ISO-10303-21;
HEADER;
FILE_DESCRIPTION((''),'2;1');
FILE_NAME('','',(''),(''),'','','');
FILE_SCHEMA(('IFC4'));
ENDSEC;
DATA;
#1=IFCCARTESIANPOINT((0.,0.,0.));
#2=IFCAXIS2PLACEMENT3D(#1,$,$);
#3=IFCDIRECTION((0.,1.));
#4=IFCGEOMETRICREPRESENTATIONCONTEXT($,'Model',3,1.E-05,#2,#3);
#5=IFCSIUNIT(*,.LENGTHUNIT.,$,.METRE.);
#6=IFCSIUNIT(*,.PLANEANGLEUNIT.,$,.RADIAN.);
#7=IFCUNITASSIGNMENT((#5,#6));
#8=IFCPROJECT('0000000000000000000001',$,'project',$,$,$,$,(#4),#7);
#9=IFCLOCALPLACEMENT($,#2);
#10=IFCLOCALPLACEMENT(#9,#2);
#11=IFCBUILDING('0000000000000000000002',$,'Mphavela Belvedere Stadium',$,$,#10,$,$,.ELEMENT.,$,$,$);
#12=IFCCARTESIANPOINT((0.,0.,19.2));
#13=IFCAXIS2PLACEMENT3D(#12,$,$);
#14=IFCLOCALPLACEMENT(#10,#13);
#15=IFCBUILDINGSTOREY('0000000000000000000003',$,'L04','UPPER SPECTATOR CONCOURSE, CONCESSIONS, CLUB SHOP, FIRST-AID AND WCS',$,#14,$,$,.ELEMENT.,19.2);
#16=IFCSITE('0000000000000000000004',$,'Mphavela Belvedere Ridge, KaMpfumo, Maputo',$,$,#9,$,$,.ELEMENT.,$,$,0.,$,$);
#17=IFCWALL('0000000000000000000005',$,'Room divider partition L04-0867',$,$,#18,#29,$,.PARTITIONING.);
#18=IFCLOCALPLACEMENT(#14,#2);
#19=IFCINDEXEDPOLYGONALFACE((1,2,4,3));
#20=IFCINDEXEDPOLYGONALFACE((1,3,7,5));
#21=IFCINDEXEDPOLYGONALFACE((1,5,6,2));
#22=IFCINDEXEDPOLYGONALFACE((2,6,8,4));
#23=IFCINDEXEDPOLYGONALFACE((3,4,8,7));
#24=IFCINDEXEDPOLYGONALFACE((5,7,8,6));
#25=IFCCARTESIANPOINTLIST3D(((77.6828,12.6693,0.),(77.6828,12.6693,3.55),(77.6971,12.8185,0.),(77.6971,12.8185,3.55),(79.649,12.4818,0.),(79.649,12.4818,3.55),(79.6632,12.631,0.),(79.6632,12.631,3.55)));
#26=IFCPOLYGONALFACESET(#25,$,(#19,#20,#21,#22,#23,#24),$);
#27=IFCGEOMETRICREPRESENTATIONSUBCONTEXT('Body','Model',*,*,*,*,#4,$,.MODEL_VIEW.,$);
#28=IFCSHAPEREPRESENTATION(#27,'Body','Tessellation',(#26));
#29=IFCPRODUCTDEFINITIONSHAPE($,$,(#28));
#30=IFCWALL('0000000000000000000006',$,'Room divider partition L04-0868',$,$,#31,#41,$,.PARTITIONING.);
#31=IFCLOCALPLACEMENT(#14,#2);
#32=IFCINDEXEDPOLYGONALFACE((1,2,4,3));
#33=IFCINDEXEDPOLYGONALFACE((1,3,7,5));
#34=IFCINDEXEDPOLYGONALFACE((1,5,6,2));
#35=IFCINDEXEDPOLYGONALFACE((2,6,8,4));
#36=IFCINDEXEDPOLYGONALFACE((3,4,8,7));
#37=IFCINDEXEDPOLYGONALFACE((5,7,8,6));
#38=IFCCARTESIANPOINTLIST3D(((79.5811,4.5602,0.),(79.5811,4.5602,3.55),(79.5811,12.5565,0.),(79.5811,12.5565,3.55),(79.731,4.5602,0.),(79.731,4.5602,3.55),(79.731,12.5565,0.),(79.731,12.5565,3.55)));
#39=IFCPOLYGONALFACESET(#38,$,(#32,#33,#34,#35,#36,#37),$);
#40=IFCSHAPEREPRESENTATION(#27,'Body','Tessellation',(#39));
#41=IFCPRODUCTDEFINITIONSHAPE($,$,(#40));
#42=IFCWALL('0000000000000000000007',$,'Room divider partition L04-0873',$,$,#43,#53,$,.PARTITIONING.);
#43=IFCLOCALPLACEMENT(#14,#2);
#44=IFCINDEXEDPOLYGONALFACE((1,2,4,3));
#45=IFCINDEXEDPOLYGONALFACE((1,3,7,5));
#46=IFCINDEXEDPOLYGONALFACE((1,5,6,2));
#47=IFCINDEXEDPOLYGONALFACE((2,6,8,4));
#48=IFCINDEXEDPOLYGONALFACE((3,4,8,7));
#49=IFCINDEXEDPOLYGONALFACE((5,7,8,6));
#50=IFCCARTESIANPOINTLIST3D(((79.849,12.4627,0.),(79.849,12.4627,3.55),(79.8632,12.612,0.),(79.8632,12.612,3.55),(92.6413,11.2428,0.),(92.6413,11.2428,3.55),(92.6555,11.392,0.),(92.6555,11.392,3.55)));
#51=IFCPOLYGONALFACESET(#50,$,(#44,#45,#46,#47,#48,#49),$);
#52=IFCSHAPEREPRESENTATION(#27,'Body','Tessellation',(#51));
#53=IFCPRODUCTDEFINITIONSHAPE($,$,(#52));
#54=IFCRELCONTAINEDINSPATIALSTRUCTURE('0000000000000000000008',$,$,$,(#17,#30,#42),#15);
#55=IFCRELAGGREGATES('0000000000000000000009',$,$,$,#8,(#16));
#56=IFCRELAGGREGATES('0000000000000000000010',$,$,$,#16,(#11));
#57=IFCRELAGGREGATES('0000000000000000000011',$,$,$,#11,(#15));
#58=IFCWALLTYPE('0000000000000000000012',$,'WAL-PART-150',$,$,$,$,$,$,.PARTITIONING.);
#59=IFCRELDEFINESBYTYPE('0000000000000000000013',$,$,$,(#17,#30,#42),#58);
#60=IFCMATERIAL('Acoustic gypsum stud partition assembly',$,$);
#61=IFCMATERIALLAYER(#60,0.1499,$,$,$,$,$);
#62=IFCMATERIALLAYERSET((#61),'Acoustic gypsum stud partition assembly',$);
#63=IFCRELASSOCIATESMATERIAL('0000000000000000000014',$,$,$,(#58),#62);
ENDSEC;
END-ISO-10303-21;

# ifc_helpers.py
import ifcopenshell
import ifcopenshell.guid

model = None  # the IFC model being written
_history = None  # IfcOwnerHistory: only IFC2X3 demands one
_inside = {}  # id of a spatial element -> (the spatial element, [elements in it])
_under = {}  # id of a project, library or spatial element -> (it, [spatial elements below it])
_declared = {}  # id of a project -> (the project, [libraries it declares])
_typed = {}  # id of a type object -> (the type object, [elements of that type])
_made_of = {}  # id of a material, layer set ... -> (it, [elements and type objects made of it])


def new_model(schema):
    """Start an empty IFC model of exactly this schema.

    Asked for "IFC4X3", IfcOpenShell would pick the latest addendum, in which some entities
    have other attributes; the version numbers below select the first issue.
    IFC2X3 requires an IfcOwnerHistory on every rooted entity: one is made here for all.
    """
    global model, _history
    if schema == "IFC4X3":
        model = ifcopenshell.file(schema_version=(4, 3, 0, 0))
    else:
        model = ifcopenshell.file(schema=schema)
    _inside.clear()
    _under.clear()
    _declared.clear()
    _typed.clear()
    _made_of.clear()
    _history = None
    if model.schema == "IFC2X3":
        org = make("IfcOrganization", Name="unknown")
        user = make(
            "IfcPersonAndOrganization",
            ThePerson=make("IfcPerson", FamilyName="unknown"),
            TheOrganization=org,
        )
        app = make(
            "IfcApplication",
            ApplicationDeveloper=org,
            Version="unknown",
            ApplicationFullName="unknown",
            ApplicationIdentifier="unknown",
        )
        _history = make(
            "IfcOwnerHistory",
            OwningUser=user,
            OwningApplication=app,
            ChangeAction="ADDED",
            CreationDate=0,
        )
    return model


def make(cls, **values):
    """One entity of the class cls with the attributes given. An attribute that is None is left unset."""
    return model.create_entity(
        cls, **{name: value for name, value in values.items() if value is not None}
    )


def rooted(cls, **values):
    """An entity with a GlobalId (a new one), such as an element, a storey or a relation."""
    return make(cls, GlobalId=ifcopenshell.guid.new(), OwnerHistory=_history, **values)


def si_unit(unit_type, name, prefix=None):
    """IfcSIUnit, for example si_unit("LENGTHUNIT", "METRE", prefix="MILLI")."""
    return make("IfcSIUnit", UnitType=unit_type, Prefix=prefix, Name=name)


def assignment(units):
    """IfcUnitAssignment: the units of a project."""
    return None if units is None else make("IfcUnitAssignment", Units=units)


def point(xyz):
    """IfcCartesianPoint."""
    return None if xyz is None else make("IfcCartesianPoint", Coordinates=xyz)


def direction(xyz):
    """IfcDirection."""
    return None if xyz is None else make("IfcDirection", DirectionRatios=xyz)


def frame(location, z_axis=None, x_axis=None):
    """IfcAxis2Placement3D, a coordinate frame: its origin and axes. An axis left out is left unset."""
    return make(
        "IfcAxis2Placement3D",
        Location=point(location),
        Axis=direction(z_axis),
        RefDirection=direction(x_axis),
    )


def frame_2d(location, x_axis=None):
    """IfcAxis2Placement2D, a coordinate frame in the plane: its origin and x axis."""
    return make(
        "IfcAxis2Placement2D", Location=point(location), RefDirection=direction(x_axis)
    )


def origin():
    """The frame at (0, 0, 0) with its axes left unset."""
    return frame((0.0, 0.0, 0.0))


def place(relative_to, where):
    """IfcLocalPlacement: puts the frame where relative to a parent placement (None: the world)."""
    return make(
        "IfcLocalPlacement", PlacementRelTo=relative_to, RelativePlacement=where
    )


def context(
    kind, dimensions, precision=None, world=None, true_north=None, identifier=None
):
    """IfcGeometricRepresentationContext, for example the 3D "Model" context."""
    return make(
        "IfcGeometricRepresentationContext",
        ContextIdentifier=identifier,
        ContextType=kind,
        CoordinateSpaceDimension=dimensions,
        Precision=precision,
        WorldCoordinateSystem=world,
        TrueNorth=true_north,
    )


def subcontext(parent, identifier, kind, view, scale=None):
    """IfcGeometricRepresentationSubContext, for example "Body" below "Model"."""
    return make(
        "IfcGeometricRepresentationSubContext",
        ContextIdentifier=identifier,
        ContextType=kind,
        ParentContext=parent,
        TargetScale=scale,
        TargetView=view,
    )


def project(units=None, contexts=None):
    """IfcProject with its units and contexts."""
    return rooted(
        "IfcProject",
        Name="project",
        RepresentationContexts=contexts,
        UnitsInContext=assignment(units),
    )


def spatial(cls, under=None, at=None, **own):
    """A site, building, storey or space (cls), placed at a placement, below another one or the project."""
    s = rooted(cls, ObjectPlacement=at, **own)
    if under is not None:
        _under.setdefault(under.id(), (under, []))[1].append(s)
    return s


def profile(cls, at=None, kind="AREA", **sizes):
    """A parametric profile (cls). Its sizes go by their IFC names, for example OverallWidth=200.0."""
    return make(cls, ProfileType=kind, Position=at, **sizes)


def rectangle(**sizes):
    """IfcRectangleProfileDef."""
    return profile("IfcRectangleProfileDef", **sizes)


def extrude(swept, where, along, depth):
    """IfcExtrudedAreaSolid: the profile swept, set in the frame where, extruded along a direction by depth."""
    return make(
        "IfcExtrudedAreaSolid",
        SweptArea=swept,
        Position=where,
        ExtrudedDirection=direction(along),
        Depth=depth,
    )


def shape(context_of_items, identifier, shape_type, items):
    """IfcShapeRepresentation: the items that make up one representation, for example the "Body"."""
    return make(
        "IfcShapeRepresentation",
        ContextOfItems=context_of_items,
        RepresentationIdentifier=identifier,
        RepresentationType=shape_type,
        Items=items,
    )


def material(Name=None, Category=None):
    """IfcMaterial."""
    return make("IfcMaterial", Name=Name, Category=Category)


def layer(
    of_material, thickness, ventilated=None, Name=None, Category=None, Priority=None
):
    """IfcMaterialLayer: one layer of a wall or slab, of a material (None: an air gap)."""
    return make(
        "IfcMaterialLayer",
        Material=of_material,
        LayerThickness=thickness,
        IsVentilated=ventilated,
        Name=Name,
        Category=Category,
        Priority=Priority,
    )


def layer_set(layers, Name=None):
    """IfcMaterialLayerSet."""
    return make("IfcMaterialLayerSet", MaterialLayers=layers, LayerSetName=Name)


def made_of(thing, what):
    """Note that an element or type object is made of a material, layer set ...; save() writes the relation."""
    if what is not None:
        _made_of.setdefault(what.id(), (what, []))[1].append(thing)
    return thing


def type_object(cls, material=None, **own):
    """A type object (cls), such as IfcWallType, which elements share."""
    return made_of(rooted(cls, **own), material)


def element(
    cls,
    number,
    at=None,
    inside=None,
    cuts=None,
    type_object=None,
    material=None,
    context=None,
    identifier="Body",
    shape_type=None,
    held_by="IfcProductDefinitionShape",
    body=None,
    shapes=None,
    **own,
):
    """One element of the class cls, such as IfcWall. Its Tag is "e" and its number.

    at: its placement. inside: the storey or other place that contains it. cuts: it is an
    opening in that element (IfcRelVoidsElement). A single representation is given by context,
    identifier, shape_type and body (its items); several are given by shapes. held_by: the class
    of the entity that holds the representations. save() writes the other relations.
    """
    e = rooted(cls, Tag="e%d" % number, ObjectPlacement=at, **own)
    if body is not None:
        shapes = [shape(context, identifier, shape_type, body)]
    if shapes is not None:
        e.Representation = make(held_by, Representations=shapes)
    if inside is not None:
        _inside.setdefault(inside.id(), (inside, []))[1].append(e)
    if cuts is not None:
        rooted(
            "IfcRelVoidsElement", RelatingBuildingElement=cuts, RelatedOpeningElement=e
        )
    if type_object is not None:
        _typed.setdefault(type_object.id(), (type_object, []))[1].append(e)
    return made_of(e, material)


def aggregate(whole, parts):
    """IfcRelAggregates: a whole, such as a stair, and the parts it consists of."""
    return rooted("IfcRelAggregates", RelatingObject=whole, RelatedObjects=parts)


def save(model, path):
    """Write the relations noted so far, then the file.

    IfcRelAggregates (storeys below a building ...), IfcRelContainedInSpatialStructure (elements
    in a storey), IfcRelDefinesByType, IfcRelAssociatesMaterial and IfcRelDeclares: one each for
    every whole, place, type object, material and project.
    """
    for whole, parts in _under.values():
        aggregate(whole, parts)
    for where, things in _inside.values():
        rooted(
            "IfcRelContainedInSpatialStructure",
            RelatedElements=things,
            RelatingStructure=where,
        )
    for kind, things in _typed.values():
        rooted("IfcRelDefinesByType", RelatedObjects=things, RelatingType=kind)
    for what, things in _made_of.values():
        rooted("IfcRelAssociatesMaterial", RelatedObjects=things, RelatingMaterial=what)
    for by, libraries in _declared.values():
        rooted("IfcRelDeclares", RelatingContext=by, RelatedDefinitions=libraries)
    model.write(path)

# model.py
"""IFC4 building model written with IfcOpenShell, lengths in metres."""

from ifc_helpers import new_model, si_unit, direction, frame, frame_2d, origin, place, context, subcontext, project, spatial, rectangle, extrude, material, layer, layer_set, type_object, element, save


model = new_model("IFC4")

# Units and contexts
model_context = context("Model", 3, precision=1e-05, world=origin(), true_north=direction((0.0, 1.0)))
body_context = subcontext(model_context, "Body", "Model", "MODEL_VIEW")
ifc_project = project(units=[si_unit("LENGTHUNIT", "METRE"), si_unit("PLANEANGLEUNIT", "RADIAN")], contexts=[model_context])

# Site, building, storey
site_placement = place(None, origin())
site = spatial("IfcSite", under=ifc_project, at=site_placement, Name="Mphavela Belvedere Ridge, KaMpfumo, Maputo", CompositionType="ELEMENT", RefElevation=0.0)
building_placement = place(site_placement, origin())
building = spatial("IfcBuilding", under=site, at=building_placement, Name="Mphavela Belvedere Stadium", CompositionType="ELEMENT")
storey_placement = place(building_placement, frame((0.0, 0.0, 19.2)))
storey = spatial("IfcBuildingStorey", under=building, at=storey_placement, Name="L04", Description="UPPER SPECTATOR CONCOURSE, CONCESSIONS, CLUB SHOP, FIRST-AID AND WCS", CompositionType="ELEMENT", Elevation=19.2)

# Walls
ifc_material_1 = material(Name="Acoustic gypsum stud partition assembly")
ifc_layer_1 = layer(ifc_material_1, 0.1499)
ifc_layer_set_1 = layer_set([ifc_layer_1], Name="Acoustic gypsum stud partition assembly")
wall_type_1 = type_object("IfcWallType", Name="WAL-PART-150", PredefinedType="PARTITIONING", material=ifc_layer_set_1)
wall_1_placement = place(storey_placement, frame((77.6899, 12.7439, 0.0), z_axis=(0.0, 0.0, 1.0), x_axis=(0.995483, -0.094937, 0.0)))
element("IfcWall", 1, at=wall_1_placement, inside=storey, type_object=wall_type_1, Name="Room divider partition L04-0867", PredefinedType="PARTITIONING", context=body_context, shape_type="SweptSolid", body=[
    extrude(rectangle(XDim=1.9751, YDim=0.1499, at=frame_2d((0.9875, 0.0))), origin(), (0.0, 0.0, 1.0), 3.55),
])
wall_2_placement = place(storey_placement, frame((79.656, 12.5564, 0.0), z_axis=(0.0, 0.0, 1.0), x_axis=(0.0, -1.0, 0.0)))
element("IfcWall", 2, at=wall_2_placement, inside=storey, type_object=wall_type_1, Name="Room divider partition L04-0868", PredefinedType="PARTITIONING", context=body_context, shape_type="SweptSolid", body=[
    extrude(rectangle(XDim=7.9963, YDim=0.1499, at=frame_2d((3.998, 0.0))), origin(), (0.0, 0.0, 1.0), 3.55),
])
wall_3_placement = place(storey_placement, frame((79.856, 12.5374, 0.0), z_axis=(0.0, 0.0, 1.0), x_axis=(0.995483, -0.094937, 0.0)))
element("IfcWall", 3, at=wall_3_placement, inside=storey, type_object=wall_type_1, Name="Room divider partition L04-0873", PredefinedType="PARTITIONING", context=body_context, shape_type="SweptSolid", body=[
    extrude(rectangle(XDim=12.8503, YDim=0.1499, at=frame_2d((6.4253, 0.0))), origin(), (0.0, 0.0, 1.0), 3.55),
])

save(model, "model.ifc")
